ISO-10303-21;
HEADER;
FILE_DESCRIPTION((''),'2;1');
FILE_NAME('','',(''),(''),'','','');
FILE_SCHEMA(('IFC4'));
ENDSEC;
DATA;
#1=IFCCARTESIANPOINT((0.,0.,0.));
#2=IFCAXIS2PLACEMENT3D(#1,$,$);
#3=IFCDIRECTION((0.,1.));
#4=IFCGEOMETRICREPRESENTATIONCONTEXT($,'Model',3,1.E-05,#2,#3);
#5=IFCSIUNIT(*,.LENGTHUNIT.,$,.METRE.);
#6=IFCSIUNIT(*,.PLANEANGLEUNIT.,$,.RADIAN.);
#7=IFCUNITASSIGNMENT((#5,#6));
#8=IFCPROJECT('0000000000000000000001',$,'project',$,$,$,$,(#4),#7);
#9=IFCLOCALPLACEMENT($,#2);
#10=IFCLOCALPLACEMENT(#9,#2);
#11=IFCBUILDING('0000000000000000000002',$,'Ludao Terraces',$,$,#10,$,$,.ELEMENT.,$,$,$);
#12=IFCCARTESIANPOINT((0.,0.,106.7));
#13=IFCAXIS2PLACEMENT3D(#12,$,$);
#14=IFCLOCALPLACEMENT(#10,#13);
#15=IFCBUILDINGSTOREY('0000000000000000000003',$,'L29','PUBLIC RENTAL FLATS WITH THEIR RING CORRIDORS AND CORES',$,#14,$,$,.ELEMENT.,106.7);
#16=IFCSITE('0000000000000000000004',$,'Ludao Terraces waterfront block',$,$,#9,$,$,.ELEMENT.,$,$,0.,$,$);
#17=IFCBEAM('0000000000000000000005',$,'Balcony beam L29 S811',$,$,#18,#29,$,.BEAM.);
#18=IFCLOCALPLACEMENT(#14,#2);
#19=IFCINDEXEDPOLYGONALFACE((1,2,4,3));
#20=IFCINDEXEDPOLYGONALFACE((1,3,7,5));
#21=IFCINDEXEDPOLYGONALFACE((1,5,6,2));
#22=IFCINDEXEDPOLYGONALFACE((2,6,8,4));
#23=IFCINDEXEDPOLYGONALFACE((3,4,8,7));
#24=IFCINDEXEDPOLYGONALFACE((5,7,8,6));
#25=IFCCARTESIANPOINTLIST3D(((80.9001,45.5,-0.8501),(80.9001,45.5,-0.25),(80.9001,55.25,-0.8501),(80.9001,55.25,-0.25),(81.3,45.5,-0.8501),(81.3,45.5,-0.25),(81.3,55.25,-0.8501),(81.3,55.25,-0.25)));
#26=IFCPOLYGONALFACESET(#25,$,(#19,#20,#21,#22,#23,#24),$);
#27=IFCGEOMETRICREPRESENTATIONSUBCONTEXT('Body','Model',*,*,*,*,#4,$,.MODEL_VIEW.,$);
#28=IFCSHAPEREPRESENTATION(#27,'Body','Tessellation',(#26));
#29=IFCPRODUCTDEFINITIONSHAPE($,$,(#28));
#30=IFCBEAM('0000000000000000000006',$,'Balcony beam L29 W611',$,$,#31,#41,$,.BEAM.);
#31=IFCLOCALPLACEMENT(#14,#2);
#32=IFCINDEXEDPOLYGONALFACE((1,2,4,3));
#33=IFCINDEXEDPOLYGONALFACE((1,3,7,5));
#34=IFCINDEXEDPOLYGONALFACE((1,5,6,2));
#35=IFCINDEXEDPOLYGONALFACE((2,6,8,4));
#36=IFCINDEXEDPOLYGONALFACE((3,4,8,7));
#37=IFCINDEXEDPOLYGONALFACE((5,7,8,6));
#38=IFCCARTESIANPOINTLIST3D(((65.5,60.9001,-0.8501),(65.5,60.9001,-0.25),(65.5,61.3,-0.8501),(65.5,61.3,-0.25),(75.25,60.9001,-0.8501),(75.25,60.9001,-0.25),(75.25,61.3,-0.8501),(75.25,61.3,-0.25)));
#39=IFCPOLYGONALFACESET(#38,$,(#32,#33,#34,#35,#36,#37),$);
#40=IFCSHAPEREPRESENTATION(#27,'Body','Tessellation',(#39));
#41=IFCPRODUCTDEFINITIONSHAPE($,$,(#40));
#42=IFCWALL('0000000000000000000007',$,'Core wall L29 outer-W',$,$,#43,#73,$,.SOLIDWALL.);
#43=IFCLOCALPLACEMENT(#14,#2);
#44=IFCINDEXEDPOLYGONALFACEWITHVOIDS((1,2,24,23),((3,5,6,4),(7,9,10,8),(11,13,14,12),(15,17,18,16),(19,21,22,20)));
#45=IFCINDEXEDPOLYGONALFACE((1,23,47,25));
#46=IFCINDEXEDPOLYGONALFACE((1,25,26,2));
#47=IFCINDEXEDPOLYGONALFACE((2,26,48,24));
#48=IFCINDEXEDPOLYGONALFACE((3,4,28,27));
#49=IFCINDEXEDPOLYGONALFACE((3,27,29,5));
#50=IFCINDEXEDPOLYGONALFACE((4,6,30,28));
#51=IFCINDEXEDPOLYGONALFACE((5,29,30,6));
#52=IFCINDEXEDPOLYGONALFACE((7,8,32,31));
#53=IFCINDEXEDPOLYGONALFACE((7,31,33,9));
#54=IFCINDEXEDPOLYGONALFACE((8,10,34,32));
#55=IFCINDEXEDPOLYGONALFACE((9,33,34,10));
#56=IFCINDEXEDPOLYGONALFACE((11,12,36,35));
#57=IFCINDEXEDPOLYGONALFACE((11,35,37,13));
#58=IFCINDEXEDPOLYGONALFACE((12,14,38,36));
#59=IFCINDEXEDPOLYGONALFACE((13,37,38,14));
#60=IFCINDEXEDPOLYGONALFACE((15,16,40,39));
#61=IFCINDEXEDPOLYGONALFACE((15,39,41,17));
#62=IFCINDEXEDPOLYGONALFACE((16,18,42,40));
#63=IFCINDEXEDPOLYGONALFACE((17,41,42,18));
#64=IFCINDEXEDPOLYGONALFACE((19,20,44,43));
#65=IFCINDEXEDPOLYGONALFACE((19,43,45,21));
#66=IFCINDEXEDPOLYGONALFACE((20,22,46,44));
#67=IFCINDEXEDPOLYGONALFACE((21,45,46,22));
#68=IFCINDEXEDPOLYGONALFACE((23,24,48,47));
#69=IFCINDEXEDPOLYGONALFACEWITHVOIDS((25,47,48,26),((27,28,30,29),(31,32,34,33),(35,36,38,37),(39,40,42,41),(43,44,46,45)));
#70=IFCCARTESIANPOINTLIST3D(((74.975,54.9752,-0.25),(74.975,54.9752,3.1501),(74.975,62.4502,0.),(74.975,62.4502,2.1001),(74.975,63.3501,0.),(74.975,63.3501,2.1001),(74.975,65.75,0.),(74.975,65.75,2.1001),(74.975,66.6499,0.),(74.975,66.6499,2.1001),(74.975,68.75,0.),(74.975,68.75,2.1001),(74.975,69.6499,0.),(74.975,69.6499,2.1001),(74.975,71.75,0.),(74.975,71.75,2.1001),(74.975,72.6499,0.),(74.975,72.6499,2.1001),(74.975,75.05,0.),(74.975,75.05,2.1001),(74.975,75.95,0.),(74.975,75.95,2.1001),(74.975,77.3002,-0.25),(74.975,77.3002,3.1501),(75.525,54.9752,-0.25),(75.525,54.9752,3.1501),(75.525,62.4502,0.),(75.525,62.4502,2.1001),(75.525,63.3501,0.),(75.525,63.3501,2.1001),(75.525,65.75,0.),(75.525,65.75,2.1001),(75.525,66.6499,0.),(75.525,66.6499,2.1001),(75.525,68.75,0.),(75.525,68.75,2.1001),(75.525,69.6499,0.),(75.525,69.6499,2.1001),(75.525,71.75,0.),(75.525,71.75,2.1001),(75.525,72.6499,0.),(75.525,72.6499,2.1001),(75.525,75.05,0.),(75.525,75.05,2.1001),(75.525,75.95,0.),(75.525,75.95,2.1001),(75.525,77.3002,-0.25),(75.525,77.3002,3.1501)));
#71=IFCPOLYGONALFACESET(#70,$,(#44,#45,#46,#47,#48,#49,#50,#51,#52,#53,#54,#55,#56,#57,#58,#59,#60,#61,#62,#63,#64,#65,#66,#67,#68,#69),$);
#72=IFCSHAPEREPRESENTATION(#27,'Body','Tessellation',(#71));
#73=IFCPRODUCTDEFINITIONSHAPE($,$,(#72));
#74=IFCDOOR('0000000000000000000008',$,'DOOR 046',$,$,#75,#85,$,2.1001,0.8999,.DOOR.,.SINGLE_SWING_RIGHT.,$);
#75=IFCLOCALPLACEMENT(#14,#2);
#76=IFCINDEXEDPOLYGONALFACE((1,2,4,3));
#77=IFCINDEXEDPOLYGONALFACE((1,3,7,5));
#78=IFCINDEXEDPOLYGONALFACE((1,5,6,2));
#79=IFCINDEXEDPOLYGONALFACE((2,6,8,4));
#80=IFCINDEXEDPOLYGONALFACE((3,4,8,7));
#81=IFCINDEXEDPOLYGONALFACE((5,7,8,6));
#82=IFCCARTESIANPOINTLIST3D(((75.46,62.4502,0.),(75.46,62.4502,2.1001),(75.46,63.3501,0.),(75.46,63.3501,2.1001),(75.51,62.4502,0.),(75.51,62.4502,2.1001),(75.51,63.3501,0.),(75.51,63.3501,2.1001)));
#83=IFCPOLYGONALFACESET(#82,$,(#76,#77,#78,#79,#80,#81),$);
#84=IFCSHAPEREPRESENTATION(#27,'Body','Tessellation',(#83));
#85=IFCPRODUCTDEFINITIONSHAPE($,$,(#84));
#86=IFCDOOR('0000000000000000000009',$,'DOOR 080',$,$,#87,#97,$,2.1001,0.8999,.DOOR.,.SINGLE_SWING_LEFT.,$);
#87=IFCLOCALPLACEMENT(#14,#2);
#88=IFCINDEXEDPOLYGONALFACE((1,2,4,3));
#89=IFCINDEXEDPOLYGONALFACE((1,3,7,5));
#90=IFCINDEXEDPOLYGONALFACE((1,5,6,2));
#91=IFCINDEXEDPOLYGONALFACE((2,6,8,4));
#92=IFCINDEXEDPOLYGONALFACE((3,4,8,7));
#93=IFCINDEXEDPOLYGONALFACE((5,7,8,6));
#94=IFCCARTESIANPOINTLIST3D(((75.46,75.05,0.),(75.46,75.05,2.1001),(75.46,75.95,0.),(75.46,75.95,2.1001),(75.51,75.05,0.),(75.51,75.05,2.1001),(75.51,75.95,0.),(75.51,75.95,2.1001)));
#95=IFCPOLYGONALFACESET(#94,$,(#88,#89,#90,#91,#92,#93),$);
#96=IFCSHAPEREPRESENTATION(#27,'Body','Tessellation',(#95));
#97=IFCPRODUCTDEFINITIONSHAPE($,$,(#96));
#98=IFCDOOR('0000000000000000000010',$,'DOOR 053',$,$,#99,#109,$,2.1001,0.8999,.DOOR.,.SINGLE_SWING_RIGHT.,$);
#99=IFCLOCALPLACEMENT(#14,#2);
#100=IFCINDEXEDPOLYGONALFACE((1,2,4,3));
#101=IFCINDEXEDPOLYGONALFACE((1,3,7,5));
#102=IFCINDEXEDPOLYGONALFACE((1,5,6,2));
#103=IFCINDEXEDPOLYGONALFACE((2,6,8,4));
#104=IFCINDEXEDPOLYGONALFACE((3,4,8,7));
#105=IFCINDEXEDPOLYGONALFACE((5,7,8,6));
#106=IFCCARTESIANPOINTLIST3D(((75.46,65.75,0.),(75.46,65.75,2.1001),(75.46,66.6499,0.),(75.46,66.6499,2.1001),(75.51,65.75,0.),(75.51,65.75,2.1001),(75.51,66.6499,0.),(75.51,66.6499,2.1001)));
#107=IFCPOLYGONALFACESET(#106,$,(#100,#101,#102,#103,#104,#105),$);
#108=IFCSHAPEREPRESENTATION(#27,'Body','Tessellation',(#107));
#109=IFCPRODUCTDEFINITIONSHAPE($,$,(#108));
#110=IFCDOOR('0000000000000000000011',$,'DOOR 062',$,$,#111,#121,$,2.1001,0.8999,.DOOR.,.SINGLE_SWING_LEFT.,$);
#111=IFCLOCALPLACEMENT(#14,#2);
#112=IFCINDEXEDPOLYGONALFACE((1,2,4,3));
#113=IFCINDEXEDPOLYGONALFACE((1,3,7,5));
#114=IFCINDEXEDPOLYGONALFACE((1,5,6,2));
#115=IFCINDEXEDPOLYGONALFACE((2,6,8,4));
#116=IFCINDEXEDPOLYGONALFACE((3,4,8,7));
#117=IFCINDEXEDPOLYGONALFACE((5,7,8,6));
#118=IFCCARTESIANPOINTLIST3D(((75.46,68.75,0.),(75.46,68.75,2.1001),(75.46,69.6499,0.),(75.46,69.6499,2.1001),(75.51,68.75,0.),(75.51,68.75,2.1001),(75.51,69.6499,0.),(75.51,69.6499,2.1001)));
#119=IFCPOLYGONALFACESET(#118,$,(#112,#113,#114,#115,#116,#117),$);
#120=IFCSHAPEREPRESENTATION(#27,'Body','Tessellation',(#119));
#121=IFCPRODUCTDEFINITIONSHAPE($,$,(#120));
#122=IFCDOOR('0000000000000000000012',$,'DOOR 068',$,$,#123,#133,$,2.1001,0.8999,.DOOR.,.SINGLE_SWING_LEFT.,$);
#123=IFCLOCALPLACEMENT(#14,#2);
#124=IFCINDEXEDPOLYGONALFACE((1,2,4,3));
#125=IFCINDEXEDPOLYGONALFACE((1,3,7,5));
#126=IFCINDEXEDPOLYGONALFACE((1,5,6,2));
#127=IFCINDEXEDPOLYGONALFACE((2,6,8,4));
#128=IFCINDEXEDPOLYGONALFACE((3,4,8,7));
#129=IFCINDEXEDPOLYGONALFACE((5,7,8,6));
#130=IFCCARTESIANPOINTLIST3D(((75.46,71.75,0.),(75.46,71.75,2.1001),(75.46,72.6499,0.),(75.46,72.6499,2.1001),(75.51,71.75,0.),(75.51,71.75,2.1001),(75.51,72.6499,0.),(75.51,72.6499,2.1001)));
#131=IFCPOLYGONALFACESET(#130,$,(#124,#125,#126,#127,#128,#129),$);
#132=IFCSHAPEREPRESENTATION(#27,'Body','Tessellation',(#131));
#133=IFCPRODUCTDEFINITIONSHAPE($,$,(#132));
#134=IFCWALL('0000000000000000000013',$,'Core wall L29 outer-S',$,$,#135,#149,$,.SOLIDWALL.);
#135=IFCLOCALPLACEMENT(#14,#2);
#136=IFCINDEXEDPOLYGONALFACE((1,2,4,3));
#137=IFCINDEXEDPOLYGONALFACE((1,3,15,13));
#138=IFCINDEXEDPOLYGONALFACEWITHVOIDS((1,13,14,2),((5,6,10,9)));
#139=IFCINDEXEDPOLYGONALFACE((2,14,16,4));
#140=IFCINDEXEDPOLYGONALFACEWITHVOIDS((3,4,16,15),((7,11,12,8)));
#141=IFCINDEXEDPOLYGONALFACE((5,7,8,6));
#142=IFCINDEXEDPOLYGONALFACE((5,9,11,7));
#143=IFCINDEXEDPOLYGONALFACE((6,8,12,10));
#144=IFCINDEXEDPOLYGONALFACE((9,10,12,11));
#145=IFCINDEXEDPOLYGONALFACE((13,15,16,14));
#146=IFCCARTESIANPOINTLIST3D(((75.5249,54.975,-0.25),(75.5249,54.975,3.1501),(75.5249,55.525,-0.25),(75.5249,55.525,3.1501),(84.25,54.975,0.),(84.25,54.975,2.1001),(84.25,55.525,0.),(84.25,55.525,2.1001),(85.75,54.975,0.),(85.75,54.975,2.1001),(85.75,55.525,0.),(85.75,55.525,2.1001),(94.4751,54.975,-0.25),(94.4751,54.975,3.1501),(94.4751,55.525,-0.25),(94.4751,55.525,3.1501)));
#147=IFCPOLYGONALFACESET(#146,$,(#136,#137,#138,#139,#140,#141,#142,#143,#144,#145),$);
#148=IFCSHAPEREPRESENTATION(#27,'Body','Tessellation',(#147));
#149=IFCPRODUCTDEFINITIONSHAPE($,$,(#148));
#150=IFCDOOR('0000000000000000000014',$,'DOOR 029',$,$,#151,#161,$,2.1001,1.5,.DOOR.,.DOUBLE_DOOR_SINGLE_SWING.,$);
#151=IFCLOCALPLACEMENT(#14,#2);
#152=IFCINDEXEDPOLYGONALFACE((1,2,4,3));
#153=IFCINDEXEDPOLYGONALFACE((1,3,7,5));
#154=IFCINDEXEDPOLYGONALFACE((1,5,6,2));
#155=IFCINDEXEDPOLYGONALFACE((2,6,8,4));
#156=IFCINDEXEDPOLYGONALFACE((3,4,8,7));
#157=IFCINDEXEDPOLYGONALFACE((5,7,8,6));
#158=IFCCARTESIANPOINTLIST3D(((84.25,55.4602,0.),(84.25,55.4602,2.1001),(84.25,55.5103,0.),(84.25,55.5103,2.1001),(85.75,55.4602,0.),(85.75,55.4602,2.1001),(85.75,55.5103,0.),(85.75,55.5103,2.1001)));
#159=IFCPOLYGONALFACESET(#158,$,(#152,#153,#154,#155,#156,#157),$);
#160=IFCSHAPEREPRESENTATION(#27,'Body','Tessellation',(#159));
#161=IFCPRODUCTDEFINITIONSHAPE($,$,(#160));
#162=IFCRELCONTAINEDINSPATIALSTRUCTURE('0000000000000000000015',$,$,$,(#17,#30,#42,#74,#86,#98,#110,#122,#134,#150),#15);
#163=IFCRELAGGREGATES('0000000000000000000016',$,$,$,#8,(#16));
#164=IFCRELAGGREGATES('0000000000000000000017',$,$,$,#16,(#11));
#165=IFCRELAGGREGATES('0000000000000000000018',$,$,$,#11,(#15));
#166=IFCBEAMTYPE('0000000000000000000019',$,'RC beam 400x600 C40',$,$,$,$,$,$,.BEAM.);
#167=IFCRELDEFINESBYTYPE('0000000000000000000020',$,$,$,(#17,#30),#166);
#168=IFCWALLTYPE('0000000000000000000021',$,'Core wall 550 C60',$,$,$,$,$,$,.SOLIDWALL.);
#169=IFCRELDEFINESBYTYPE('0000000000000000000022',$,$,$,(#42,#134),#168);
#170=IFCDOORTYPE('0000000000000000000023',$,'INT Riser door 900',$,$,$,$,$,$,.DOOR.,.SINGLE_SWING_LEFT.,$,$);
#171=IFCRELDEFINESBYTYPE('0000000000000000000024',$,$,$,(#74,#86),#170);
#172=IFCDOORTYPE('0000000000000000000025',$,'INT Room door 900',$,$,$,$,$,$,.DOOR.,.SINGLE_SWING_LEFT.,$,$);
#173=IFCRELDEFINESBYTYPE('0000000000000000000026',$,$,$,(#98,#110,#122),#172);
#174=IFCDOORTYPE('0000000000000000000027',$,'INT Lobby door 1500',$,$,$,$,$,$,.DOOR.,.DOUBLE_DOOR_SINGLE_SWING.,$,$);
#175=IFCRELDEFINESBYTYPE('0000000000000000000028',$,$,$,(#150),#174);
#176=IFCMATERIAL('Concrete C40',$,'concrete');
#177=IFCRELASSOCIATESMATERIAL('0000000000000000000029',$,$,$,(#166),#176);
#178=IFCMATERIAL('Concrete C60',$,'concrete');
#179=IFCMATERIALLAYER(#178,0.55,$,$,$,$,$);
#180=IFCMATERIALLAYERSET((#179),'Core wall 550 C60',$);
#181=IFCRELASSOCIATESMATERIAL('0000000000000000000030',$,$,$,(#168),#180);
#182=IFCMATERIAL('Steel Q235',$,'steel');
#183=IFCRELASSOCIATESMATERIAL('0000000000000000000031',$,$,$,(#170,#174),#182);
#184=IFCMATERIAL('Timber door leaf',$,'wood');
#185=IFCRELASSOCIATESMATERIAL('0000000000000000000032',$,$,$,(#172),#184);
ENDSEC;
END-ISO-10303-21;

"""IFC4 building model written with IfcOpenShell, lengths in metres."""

from ifc_helpers import new_model, si_unit, direction, frame, frame_2d, origin, origin_2d, place, context, subcontext, project, spatial, rectangle, extrude, material, layer, layer_set, material_profile, profile_set, type_object, element, fill, save


model = new_model("IFC4")

# Units and contexts
model_context = context("Model", 3, precision=1e-05, world=origin(), true_north=direction((0.0, 1.0)))
body_context = subcontext(model_context, "Body", "Model", "MODEL_VIEW")
ifc_project = project(units=[si_unit("LENGTHUNIT", "METRE"), si_unit("PLANEANGLEUNIT", "RADIAN")], contexts=[model_context])

# Site, building, storey
site_placement = place(None, origin())
site = spatial("IfcSite", under=ifc_project, at=site_placement, Name="Ludao Terraces waterfront block", CompositionType="ELEMENT", RefElevation=0.0)
building_placement = place(site_placement, origin())
building = spatial("IfcBuilding", under=site, at=building_placement, Name="Ludao Terraces", CompositionType="ELEMENT")
storey_placement = place(building_placement, frame((0.0, 0.0, 106.7)))
storey = spatial("IfcBuildingStorey", under=building, at=storey_placement, Name="L29", Description="PUBLIC RENTAL FLATS WITH THEIR RING CORRIDORS AND CORES", CompositionType="ELEMENT", Elevation=106.7)

# Beams
ifc_material_1 = material(Name="Concrete C40", Category="concrete")
ifc_material_profile = material_profile(ifc_material_1, rectangle(XDim=0.3999, YDim=0.6001, at=origin_2d()), Name="400 X 600")
ifc_profile_set = profile_set([ifc_material_profile], Name="Concrete C40")
beam_type = type_object("IfcBeamType", Name="RC beam 400x600 C40", PredefinedType="BEAM", material=ifc_profile_set)
for number, where, z_axis, x_axis, name in (
    (1, (81.1001, 55.25, -0.55), (0.0, -1.0, 0.0), (1.0, 0.0, 0.0), "Balcony beam L29 S811"),
    (2, (75.25, 61.1001, -0.55), (-1.0, 0.0, 0.0), (0.0, -1.0, 0.0), "Balcony beam L29 W611"),
):
    element("IfcBeam", number, at=place(storey_placement, frame(where, z_axis=z_axis, x_axis=x_axis)), inside=storey, type_object=beam_type, Name=name, PredefinedType="BEAM", context=body_context, shape_type="SweptSolid", body=[
        extrude(rectangle(XDim=0.3999, YDim=0.6001, at=origin_2d()), origin(), (0.0, 0.0, 1.0), 9.75),
    ])

# Wall, openings, doors
ifc_material_2 = material(Name="Concrete C60", Category="concrete")
ifc_layer_1 = layer(ifc_material_2, 0.55)
ifc_layer_set_1 = layer_set([ifc_layer_1], Name="Core wall 550 C60")
wall_type_1 = type_object("IfcWallType", Name="Core wall 550 C60", PredefinedType="SOLIDWALL", material=ifc_layer_set_1)
wall_1_placement = place(storey_placement, frame((75.25, 54.9751, -0.25), z_axis=(0.0, 0.0, 1.0), x_axis=(0.0, 1.0, 0.0)))
wall_1 = element("IfcWall", 3, at=wall_1_placement, inside=storey, type_object=wall_type_1, Name="Core wall L29 outer-W", PredefinedType="SOLIDWALL", context=body_context, shape_type="SweptSolid", body=[
    extrude(rectangle(XDim=22.325, YDim=0.55, at=frame_2d((11.1626, 0.0))), origin(), (0.0, 0.0, 1.0), 3.4001),
])
opening_1_placement = place(wall_1_placement, frame((7.4751, 0.0, 0.25)))
opening_1 = element("IfcOpeningElement", 4, at=opening_1_placement, cuts=wall_1, PredefinedType="OPENING", context=body_context, shape_type="SweptSolid", body=[
    extrude(rectangle(XDim=0.8999, YDim=2.1001, at=frame_2d((0.45, 1.05))), frame((0.0, 0.2852, 0.0), z_axis=(0.0, -1.0, 0.0), x_axis=(1.0, 0.0, 0.0)), (0.0, 0.0, 1.0), 0.5701),
])
opening_2_placement = place(wall_1_placement, frame((10.7749, 0.0, 0.25)))
opening_2 = element("IfcOpeningElement", 5, at=opening_2_placement, cuts=wall_1, PredefinedType="OPENING", context=body_context, shape_type="SweptSolid", body=[
    extrude(rectangle(XDim=0.8999, YDim=2.1001, at=frame_2d((0.45, 1.05))), frame((0.0, 0.2852, 0.0), z_axis=(0.0, -1.0, 0.0), x_axis=(1.0, 0.0, 0.0)), (0.0, 0.0, 1.0), 0.5701),
])
opening_3_placement = place(wall_1_placement, frame((13.7749, 0.0, 0.25)))
opening_3 = element("IfcOpeningElement", 6, at=opening_3_placement, cuts=wall_1, PredefinedType="OPENING", context=body_context, shape_type="SweptSolid", body=[
    extrude(rectangle(XDim=0.8999, YDim=2.1001, at=frame_2d((0.45, 1.05))), frame((0.0, 0.2852, 0.0), z_axis=(0.0, -1.0, 0.0), x_axis=(1.0, 0.0, 0.0)), (0.0, 0.0, 1.0), 0.5701),
])
opening_4_placement = place(wall_1_placement, frame((16.7749, 0.0, 0.25)))
opening_4 = element("IfcOpeningElement", 7, at=opening_4_placement, cuts=wall_1, PredefinedType="OPENING", context=body_context, shape_type="SweptSolid", body=[
    extrude(rectangle(XDim=0.8999, YDim=2.1001, at=frame_2d((0.45, 1.05))), frame((0.0, 0.2852, 0.0), z_axis=(0.0, -1.0, 0.0), x_axis=(1.0, 0.0, 0.0)), (0.0, 0.0, 1.0), 0.5701),
])
opening_5_placement = place(wall_1_placement, frame((20.075, 0.0, 0.25)))
opening_5 = element("IfcOpeningElement", 8, at=opening_5_placement, cuts=wall_1, PredefinedType="OPENING", context=body_context, shape_type="SweptSolid", body=[
    extrude(rectangle(XDim=0.8999, YDim=2.1001, at=frame_2d((0.45, 1.05))), frame((0.0, 0.2852, 0.0), z_axis=(0.0, -1.0, 0.0), x_axis=(1.0, 0.0, 0.0)), (0.0, 0.0, 1.0), 0.5701),
])
ifc_material_3 = material(Name="Steel Q235", Category="steel")
door_type_1 = type_object("IfcDoorType", Name="INT Riser door 900", OperationType="SINGLE_SWING_LEFT", PredefinedType="DOOR", material=ifc_material_3)
door_1_placement = place(opening_1_placement, origin())
door_1 = element("IfcDoor", 9, at=door_1_placement, inside=storey, type_object=door_type_1, Name="DOOR 046", OperationType="SINGLE_SWING_RIGHT", OverallHeight=2.1001, OverallWidth=0.8999, PredefinedType="DOOR", context=body_context, shape_type="SweptSolid", body=[
    extrude(rectangle(XDim=0.8999, YDim=2.1001, at=frame_2d((0.45, 1.05))), frame((0.0, -0.21, 0.0), z_axis=(0.0, -1.0, 0.0), x_axis=(1.0, 0.0, 0.0)), (0.0, 0.0, 1.0), 0.05),
])
fill(opening_1, door_1)
door_2_placement = place(opening_5_placement, origin())
door_2 = element("IfcDoor", 10, at=door_2_placement, inside=storey, type_object=door_type_1, Name="DOOR 080", OperationType="SINGLE_SWING_LEFT", OverallHeight=2.1001, OverallWidth=0.8999, PredefinedType="DOOR", context=body_context, shape_type="SweptSolid", body=[
    extrude(rectangle(XDim=0.8999, YDim=2.1001, at=frame_2d((0.45, 1.05))), frame((0.0, -0.21, 0.0), z_axis=(0.0, -1.0, 0.0), x_axis=(1.0, 0.0, 0.0)), (0.0, 0.0, 1.0), 0.05),
])
fill(opening_5, door_2)
ifc_material_4 = material(Name="Timber door leaf", Category="wood")
door_type_2 = type_object("IfcDoorType", Name="INT Room door 900", OperationType="SINGLE_SWING_LEFT", PredefinedType="DOOR", material=ifc_material_4)
door_3_placement = place(opening_2_placement, origin())
door_3 = element("IfcDoor", 11, at=door_3_placement, inside=storey, type_object=door_type_2, Name="DOOR 053", OperationType="SINGLE_SWING_RIGHT", OverallHeight=2.1001, OverallWidth=0.8999, PredefinedType="DOOR", context=body_context, shape_type="SweptSolid", body=[
    extrude(rectangle(XDim=0.8999, YDim=2.1001, at=frame_2d((0.45, 1.05))), frame((0.0, -0.21, 0.0), z_axis=(0.0, -1.0, 0.0), x_axis=(1.0, 0.0, 0.0)), (0.0, 0.0, 1.0), 0.05),
])
fill(opening_2, door_3)
door_4_placement = place(opening_3_placement, origin())
door_4 = element("IfcDoor", 12, at=door_4_placement, inside=storey, type_object=door_type_2, Name="DOOR 062", OperationType="SINGLE_SWING_LEFT", OverallHeight=2.1001, OverallWidth=0.8999, PredefinedType="DOOR", context=body_context, shape_type="SweptSolid", body=[
    extrude(rectangle(XDim=0.8999, YDim=2.1001, at=frame_2d((0.45, 1.05))), frame((0.0, -0.21, 0.0), z_axis=(0.0, -1.0, 0.0), x_axis=(1.0, 0.0, 0.0)), (0.0, 0.0, 1.0), 0.05),
])
fill(opening_3, door_4)
door_5_placement = place(opening_4_placement, origin())
door_5 = element("IfcDoor", 13, at=door_5_placement, inside=storey, type_object=door_type_2, Name="DOOR 068", OperationType="SINGLE_SWING_LEFT", OverallHeight=2.1001, OverallWidth=0.8999, PredefinedType="DOOR", context=body_context, shape_type="SweptSolid", body=[
    extrude(rectangle(XDim=0.8999, YDim=2.1001, at=frame_2d((0.45, 1.05))), frame((0.0, -0.21, 0.0), z_axis=(0.0, -1.0, 0.0), x_axis=(1.0, 0.0, 0.0)), (0.0, 0.0, 1.0), 0.05),
])
fill(opening_4, door_5)

# Wall, opening, door
wall_2_placement = place(storey_placement, frame((75.5249, 55.25, -0.25), z_axis=(0.0, 0.0, 1.0), x_axis=(1.0, 0.0, 0.0)))
wall_2 = element("IfcWall", 14, at=wall_2_placement, inside=storey, type_object=wall_type_1, Name="Core wall L29 outer-S", PredefinedType="SOLIDWALL", context=body_context, shape_type="SweptSolid", body=[
    extrude(rectangle(XDim=18.9502, YDim=0.55, at=frame_2d((9.4751, 0.0))), origin(), (0.0, 0.0, 1.0), 3.4001),
])
opening_6_placement = place(wall_2_placement, frame((8.7251, 0.0, 0.25)))
opening_6 = element("IfcOpeningElement", 15, at=opening_6_placement, cuts=wall_2, PredefinedType="OPENING", context=body_context, shape_type="SweptSolid", body=[
    extrude(rectangle(XDim=1.5, YDim=2.1001, at=frame_2d((0.75, 1.05))), frame((0.0, 0.2852, 0.0), z_axis=(0.0, -1.0, 0.0), x_axis=(1.0, 0.0, 0.0)), (0.0, 0.0, 1.0), 0.5701),
])
door_type_3 = type_object("IfcDoorType", Name="INT Lobby door 1500", OperationType="DOUBLE_DOOR_SINGLE_SWING", PredefinedType="DOOR", material=ifc_material_3)
door_6_placement = place(opening_6_placement, origin())
door_6 = element("IfcDoor", 16, at=door_6_placement, inside=storey, type_object=door_type_3, Name="DOOR 029", OperationType="DOUBLE_DOOR_SINGLE_SWING", OverallHeight=2.1001, OverallWidth=1.5, PredefinedType="DOOR", context=body_context, shape_type="SweptSolid", body=[
    extrude(rectangle(XDim=1.5, YDim=2.1001, at=frame_2d((0.75, 1.05))), frame((0.0, 0.2603, 0.0), z_axis=(0.0, -1.0, 0.0), x_axis=(1.0, 0.0, 0.0)), (0.0, 0.0, 1.0), 0.05),
])
fill(opening_6, door_6)

save(model, "model.ifc")
